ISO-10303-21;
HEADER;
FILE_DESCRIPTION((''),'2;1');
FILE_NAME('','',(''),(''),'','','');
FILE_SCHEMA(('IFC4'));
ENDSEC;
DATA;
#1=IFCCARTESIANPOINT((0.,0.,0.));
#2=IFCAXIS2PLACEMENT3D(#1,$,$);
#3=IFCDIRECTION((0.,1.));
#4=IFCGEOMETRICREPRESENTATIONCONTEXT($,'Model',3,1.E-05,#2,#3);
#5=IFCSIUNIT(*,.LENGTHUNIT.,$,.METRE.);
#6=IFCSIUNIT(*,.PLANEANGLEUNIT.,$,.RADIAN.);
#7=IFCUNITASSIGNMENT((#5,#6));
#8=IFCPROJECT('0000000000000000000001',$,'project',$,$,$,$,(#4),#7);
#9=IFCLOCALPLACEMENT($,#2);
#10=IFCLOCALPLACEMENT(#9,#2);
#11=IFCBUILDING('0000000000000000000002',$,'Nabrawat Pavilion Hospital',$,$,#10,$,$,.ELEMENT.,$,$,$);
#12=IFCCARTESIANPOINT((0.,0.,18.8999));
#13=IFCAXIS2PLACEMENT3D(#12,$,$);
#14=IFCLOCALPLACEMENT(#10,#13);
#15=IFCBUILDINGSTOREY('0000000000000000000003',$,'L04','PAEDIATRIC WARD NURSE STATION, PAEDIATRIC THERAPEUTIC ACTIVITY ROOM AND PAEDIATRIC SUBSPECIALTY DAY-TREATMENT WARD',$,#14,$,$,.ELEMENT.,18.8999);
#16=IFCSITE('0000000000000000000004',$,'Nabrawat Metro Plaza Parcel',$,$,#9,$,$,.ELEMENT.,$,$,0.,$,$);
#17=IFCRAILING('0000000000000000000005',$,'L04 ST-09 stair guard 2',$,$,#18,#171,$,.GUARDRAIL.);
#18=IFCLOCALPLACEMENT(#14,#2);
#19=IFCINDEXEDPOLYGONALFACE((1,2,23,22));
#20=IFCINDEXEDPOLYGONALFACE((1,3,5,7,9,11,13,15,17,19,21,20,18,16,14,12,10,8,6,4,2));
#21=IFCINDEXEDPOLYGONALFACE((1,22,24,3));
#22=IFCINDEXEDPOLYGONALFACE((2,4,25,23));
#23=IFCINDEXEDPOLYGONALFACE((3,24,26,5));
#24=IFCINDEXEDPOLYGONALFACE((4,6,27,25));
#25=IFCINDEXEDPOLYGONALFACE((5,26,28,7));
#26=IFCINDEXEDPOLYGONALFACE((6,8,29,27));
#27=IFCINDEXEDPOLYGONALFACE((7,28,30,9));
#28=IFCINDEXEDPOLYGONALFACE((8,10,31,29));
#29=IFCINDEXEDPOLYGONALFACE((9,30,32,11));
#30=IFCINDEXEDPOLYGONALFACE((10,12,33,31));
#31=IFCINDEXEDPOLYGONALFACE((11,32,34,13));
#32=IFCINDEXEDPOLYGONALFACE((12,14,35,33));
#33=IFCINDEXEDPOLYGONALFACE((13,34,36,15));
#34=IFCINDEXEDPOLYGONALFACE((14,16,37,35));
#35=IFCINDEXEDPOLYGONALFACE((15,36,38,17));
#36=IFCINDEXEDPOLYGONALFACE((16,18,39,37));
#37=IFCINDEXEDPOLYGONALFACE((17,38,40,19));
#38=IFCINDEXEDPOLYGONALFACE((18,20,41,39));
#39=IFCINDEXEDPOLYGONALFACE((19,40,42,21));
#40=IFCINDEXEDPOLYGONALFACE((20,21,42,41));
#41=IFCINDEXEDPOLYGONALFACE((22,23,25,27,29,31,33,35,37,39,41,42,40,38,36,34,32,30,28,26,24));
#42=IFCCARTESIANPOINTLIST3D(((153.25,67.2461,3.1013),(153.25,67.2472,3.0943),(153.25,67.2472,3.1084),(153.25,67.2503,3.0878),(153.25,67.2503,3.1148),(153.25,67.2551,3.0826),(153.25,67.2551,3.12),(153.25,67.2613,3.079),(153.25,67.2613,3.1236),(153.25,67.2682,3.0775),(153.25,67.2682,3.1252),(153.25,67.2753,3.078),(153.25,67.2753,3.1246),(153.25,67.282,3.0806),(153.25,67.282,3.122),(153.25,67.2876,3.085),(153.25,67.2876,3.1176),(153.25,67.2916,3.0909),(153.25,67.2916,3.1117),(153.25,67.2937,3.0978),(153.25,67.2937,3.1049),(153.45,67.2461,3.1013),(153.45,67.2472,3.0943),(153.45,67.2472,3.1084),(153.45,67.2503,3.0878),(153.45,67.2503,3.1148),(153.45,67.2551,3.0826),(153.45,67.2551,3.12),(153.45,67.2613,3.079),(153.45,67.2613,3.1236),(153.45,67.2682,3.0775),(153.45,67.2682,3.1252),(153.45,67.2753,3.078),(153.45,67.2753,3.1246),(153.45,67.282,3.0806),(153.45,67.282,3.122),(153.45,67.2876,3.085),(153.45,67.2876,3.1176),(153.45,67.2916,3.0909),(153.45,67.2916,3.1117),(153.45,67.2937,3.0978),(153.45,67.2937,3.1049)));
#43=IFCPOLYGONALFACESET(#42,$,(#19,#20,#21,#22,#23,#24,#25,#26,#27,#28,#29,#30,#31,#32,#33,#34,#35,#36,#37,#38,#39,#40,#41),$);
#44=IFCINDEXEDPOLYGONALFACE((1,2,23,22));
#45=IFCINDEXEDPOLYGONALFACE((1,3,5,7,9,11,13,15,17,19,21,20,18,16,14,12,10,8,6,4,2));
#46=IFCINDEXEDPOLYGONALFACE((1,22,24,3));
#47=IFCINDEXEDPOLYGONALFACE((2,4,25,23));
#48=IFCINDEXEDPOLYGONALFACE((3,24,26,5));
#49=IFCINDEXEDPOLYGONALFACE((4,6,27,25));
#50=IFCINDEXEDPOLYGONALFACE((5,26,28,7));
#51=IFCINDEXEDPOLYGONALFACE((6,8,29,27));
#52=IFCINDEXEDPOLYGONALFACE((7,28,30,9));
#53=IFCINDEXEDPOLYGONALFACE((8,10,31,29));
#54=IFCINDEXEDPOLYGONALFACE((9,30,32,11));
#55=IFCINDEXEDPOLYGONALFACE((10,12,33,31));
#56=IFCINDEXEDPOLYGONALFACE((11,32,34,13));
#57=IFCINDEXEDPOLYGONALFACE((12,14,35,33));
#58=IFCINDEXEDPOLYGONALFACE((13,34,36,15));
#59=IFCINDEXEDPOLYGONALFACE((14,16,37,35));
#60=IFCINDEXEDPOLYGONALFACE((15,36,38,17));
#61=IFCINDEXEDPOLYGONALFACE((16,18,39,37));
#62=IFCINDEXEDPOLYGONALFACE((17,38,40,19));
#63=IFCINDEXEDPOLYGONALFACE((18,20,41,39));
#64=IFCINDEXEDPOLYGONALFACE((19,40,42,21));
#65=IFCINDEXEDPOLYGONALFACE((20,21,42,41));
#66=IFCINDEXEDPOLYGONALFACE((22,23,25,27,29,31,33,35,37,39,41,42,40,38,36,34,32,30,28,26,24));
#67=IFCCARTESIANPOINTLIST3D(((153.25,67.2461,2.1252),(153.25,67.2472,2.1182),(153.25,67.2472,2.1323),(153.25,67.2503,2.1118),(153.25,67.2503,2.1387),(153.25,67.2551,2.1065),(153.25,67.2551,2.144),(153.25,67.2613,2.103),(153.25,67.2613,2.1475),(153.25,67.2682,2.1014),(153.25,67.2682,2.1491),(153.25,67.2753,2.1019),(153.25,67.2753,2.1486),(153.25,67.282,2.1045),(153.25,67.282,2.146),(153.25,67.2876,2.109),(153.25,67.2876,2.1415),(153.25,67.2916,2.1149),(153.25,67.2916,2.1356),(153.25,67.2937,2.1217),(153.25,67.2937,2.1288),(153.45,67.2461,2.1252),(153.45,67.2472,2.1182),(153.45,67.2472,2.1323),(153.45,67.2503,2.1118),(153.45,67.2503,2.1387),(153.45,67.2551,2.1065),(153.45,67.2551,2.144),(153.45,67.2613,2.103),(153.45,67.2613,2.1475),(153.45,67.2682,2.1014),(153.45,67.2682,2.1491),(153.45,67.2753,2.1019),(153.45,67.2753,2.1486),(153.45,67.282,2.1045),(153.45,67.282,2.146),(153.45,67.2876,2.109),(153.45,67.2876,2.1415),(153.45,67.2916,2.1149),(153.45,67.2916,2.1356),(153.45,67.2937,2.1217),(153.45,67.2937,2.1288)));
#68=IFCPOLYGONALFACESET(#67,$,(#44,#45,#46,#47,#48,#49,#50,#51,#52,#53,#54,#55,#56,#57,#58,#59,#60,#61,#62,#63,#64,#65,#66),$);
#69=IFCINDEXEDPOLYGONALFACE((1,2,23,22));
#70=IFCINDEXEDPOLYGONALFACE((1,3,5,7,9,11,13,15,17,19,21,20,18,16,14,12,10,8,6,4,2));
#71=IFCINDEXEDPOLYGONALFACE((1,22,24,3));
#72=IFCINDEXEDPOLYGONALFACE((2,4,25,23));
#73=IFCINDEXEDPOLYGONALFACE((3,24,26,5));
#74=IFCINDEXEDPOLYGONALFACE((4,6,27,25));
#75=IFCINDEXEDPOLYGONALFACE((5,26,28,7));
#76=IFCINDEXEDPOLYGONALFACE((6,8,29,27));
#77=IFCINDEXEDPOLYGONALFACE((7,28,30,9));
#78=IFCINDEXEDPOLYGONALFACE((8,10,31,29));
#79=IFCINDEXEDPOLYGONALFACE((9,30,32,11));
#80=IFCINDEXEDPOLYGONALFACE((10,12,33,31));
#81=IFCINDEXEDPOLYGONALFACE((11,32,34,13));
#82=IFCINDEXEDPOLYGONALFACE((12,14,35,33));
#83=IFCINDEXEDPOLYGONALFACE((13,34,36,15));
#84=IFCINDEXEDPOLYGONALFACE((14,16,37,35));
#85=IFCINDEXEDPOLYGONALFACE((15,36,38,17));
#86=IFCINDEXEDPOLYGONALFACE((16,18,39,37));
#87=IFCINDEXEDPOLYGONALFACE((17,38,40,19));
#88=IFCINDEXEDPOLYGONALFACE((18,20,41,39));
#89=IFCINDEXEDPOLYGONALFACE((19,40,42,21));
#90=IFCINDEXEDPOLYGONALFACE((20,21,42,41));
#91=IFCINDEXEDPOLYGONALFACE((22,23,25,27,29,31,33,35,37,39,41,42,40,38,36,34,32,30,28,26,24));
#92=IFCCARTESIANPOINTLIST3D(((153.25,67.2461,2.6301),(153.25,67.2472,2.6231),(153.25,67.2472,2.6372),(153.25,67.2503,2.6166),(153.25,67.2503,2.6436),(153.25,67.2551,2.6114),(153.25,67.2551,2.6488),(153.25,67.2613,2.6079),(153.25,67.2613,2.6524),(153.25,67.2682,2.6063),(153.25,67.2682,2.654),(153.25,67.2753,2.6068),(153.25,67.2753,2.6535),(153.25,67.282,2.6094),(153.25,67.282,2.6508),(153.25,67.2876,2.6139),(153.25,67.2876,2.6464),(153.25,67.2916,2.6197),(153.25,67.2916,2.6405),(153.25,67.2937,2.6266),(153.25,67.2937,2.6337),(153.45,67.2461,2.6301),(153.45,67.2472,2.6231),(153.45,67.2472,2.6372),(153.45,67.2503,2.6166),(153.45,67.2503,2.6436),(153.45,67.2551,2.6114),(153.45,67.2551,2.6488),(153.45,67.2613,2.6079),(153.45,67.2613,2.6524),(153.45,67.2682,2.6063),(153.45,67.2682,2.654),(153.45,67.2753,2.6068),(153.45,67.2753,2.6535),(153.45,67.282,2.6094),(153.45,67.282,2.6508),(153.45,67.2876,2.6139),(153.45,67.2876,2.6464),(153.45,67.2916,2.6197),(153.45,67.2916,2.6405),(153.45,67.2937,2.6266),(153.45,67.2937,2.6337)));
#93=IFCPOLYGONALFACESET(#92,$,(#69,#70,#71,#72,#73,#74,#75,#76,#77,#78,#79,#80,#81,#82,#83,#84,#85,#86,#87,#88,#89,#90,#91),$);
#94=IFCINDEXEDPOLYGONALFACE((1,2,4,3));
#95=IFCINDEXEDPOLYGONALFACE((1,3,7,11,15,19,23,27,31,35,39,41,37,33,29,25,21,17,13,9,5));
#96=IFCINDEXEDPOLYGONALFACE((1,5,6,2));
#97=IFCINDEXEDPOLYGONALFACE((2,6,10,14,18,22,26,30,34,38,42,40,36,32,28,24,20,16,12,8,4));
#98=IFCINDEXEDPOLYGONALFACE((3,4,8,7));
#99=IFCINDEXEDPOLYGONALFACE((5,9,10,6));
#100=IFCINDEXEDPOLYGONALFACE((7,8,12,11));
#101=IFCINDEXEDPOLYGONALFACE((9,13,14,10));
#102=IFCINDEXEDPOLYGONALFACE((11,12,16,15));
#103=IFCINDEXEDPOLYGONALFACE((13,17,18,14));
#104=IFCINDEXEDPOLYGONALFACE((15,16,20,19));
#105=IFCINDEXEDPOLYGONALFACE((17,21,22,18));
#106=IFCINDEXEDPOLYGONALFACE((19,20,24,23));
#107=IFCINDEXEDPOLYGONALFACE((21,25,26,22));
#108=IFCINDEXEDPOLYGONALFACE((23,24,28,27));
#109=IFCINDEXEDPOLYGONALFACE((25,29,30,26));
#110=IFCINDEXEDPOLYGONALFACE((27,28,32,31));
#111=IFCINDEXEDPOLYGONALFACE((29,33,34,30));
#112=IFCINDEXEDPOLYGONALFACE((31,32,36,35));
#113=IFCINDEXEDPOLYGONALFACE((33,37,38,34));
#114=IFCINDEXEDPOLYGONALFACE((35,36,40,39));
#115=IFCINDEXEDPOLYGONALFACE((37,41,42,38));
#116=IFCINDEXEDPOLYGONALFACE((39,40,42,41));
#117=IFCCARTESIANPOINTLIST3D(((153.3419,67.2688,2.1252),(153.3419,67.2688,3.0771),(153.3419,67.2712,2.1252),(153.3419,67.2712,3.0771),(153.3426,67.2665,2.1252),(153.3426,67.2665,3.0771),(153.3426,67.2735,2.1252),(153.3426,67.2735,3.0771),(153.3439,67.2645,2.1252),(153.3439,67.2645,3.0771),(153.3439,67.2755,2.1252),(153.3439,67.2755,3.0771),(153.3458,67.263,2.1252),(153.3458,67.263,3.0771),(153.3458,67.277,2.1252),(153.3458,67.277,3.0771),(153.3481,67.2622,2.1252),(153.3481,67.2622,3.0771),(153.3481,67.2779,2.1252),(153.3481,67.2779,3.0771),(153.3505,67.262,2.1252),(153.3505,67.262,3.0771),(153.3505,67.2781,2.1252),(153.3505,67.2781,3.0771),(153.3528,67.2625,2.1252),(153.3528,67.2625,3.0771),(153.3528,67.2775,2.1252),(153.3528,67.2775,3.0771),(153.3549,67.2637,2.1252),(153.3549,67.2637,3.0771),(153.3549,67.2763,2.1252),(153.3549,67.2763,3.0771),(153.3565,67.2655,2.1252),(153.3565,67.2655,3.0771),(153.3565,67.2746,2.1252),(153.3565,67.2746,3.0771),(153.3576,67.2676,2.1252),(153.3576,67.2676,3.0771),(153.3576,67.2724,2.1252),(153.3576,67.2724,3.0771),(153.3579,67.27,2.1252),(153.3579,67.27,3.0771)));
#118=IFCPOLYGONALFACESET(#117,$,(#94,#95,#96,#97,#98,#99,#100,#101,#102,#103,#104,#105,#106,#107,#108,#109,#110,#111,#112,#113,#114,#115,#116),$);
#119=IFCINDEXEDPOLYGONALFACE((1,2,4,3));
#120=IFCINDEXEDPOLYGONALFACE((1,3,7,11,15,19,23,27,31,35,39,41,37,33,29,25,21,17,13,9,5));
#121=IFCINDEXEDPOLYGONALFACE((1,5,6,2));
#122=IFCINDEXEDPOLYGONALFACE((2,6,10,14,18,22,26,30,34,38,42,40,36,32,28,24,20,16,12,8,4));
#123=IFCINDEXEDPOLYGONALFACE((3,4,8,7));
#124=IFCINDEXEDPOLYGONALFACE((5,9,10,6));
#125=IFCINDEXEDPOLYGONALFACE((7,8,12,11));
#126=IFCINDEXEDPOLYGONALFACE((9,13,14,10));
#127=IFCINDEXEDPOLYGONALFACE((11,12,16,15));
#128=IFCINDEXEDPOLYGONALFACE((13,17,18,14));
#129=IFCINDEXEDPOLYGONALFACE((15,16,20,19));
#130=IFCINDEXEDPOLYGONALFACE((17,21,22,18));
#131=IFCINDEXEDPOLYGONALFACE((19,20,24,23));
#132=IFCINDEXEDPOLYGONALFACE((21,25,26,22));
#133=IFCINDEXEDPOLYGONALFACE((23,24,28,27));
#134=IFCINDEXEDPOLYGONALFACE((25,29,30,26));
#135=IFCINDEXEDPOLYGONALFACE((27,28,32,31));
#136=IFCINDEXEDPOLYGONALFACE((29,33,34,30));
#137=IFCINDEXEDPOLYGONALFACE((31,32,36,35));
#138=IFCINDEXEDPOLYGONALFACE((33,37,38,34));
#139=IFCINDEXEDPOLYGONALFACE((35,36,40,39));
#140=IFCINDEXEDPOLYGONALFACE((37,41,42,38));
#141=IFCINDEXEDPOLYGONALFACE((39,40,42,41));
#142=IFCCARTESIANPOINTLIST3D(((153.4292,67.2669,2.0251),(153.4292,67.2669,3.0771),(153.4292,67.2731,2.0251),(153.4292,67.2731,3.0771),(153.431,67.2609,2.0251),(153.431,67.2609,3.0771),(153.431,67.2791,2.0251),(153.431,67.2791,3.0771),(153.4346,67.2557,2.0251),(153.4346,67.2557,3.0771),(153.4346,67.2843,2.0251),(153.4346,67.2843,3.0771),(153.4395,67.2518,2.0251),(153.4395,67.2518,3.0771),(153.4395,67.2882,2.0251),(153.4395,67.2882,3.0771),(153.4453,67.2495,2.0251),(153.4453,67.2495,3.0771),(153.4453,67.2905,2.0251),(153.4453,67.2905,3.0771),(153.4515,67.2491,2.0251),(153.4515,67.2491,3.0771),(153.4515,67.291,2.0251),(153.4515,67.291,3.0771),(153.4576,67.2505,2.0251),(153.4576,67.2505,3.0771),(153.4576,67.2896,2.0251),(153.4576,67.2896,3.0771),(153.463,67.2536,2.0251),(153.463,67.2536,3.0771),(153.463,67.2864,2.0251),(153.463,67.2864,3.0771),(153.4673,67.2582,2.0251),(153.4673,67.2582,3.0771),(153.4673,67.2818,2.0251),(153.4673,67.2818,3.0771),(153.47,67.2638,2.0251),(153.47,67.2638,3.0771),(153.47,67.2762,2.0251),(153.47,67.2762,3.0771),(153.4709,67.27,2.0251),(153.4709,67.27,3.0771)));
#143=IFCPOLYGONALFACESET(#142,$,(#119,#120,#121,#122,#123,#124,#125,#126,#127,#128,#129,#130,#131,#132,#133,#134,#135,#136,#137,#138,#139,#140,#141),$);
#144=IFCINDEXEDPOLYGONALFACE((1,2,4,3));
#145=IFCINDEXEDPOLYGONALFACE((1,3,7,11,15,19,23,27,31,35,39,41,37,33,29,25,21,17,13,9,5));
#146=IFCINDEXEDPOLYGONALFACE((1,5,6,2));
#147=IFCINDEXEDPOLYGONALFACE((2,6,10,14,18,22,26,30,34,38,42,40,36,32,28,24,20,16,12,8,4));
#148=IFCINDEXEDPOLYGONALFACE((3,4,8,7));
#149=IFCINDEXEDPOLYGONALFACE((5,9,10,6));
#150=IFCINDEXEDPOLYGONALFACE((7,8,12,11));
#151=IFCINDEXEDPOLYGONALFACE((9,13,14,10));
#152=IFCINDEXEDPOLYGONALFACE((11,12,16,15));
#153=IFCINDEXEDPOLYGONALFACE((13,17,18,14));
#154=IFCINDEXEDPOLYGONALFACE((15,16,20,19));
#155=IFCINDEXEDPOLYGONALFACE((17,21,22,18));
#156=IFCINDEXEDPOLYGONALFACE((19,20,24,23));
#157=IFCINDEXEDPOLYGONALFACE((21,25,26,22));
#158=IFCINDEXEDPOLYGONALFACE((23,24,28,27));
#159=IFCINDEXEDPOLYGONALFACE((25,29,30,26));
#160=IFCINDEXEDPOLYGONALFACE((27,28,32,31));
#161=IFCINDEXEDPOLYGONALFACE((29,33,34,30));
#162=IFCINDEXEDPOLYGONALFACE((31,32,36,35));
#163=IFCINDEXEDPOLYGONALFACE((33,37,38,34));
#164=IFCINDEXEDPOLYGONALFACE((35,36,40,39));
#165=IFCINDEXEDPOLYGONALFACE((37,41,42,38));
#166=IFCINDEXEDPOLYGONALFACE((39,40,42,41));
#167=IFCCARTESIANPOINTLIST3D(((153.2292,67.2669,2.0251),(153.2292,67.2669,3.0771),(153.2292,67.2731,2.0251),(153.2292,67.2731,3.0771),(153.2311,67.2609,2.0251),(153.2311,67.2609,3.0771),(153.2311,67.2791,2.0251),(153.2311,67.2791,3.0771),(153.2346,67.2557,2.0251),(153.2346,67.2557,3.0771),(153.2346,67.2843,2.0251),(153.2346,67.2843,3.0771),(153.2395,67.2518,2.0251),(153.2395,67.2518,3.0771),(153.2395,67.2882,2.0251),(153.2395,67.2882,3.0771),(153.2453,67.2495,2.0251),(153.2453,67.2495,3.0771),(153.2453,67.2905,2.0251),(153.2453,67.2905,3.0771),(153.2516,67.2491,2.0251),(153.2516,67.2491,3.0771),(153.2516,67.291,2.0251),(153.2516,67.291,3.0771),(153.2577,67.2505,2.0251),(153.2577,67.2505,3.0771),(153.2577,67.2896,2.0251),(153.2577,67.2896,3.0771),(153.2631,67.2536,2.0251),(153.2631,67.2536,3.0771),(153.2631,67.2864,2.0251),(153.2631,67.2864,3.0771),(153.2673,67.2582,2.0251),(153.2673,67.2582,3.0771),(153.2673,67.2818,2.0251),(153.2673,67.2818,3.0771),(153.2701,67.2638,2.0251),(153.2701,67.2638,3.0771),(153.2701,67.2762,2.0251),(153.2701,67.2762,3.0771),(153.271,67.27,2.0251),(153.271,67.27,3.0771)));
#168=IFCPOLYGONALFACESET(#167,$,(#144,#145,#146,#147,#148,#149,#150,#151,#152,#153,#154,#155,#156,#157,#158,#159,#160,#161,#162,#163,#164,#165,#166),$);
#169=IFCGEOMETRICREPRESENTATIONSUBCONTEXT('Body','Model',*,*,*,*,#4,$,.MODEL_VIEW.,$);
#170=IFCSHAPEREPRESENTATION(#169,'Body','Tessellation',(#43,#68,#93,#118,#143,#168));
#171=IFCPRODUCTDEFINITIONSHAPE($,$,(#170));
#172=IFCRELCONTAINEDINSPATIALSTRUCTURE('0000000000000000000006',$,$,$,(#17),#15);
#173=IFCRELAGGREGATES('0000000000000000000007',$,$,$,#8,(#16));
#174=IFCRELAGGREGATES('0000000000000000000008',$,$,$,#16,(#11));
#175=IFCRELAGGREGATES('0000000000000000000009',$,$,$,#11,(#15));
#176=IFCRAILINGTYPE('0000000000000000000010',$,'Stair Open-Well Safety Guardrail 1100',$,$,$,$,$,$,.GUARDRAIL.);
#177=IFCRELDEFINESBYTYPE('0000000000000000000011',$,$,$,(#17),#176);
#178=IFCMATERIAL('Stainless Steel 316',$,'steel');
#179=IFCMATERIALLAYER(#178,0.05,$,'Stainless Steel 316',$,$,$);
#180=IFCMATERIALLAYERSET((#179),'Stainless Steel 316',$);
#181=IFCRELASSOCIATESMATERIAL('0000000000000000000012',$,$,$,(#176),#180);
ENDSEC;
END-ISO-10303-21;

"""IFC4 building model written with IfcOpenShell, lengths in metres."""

from ifc_helpers import new_model, si_unit, direction, frame, origin, origin_2d, place, context, subcontext, project, spatial, circle, extrude, material, layer, layer_set, type_object, element, save


model = new_model("IFC4")

# Units and contexts
model_context = context("Model", 3, precision=1e-05, world=origin(), true_north=direction((0.0, 1.0)))
body_context = subcontext(model_context, "Body", "Model", "MODEL_VIEW")
ifc_project = project(units=[si_unit("LENGTHUNIT", "METRE"), si_unit("PLANEANGLEUNIT", "RADIAN")], contexts=[model_context])

# Site, building, storey
site_placement = place(None, origin())
site = spatial("IfcSite", under=ifc_project, at=site_placement, Name="Nabrawat Metro Plaza Parcel", CompositionType="ELEMENT", RefElevation=0.0)
building_placement = place(site_placement, origin())
building = spatial("IfcBuilding", under=site, at=building_placement, Name="Nabrawat Pavilion Hospital", CompositionType="ELEMENT")
storey_placement = place(building_placement, frame((0.0, 0.0, 18.8999)))
storey = spatial("IfcBuildingStorey", under=building, at=storey_placement, Name="L04", Description="PAEDIATRIC WARD NURSE STATION, PAEDIATRIC THERAPEUTIC ACTIVITY ROOM AND PAEDIATRIC SUBSPECIALTY DAY-TREATMENT WARD", CompositionType="ELEMENT", Elevation=18.8999)

# Railing
ifc_material_1 = material(Name="Stainless Steel 316", Category="steel")
ifc_layer_1 = layer(ifc_material_1, 0.05, Name="Stainless Steel 316")
ifc_layer_set_1 = layer_set([ifc_layer_1], Name="Stainless Steel 316")
railing_type_1 = type_object("IfcRailingType", Name="Stair Open-Well Safety Guardrail 1100", PredefinedType="GUARDRAIL", material=ifc_layer_set_1)
railing_1_placement = place(storey_placement, frame((153.45, 67.27, 2.0251)))
element("IfcRailing", 1, at=railing_1_placement, inside=storey, type_object=railing_type_1, Name="L04 ST-09 stair guard 2", PredefinedType="GUARDRAIL", context=body_context, shape_type="SweptSolid", body=[
    extrude(circle(Radius=0.0239, at=origin_2d()), frame((0.0, 0.0, 1.0762), z_axis=(-1.0, 0.0, 0.0), x_axis=(0.0, -1.0, 0.0)), (0.0, 0.0, 1.0), 0.2),
    extrude(circle(Radius=0.0239, at=origin_2d()), frame((0.0, 0.0, 0.1001), z_axis=(-1.0, 0.0, 0.0), x_axis=(0.0, -1.0, 0.0)), (0.0, 0.0, 1.0), 0.2),
    extrude(circle(Radius=0.0239, at=origin_2d()), frame((0.0, 0.0, 0.605), z_axis=(-1.0, 0.0, 0.0), x_axis=(0.0, -1.0, 0.0)), (0.0, 0.0, 1.0), 0.2),
    extrude(circle(Radius=0.0081, at=origin_2d()), frame((-0.1001, 0.0, 0.1001)), (0.0, 0.0, 1.0), 0.9519),
    extrude(circle(Radius=0.021, at=origin_2d()), origin(), (0.0, 0.0, 1.0), 1.052),
    extrude(circle(Radius=0.021, at=origin_2d()), frame((-0.2, 0.0, 0.0)), (0.0, 0.0, 1.0), 1.052),
])

save(model, "model.ifc")
